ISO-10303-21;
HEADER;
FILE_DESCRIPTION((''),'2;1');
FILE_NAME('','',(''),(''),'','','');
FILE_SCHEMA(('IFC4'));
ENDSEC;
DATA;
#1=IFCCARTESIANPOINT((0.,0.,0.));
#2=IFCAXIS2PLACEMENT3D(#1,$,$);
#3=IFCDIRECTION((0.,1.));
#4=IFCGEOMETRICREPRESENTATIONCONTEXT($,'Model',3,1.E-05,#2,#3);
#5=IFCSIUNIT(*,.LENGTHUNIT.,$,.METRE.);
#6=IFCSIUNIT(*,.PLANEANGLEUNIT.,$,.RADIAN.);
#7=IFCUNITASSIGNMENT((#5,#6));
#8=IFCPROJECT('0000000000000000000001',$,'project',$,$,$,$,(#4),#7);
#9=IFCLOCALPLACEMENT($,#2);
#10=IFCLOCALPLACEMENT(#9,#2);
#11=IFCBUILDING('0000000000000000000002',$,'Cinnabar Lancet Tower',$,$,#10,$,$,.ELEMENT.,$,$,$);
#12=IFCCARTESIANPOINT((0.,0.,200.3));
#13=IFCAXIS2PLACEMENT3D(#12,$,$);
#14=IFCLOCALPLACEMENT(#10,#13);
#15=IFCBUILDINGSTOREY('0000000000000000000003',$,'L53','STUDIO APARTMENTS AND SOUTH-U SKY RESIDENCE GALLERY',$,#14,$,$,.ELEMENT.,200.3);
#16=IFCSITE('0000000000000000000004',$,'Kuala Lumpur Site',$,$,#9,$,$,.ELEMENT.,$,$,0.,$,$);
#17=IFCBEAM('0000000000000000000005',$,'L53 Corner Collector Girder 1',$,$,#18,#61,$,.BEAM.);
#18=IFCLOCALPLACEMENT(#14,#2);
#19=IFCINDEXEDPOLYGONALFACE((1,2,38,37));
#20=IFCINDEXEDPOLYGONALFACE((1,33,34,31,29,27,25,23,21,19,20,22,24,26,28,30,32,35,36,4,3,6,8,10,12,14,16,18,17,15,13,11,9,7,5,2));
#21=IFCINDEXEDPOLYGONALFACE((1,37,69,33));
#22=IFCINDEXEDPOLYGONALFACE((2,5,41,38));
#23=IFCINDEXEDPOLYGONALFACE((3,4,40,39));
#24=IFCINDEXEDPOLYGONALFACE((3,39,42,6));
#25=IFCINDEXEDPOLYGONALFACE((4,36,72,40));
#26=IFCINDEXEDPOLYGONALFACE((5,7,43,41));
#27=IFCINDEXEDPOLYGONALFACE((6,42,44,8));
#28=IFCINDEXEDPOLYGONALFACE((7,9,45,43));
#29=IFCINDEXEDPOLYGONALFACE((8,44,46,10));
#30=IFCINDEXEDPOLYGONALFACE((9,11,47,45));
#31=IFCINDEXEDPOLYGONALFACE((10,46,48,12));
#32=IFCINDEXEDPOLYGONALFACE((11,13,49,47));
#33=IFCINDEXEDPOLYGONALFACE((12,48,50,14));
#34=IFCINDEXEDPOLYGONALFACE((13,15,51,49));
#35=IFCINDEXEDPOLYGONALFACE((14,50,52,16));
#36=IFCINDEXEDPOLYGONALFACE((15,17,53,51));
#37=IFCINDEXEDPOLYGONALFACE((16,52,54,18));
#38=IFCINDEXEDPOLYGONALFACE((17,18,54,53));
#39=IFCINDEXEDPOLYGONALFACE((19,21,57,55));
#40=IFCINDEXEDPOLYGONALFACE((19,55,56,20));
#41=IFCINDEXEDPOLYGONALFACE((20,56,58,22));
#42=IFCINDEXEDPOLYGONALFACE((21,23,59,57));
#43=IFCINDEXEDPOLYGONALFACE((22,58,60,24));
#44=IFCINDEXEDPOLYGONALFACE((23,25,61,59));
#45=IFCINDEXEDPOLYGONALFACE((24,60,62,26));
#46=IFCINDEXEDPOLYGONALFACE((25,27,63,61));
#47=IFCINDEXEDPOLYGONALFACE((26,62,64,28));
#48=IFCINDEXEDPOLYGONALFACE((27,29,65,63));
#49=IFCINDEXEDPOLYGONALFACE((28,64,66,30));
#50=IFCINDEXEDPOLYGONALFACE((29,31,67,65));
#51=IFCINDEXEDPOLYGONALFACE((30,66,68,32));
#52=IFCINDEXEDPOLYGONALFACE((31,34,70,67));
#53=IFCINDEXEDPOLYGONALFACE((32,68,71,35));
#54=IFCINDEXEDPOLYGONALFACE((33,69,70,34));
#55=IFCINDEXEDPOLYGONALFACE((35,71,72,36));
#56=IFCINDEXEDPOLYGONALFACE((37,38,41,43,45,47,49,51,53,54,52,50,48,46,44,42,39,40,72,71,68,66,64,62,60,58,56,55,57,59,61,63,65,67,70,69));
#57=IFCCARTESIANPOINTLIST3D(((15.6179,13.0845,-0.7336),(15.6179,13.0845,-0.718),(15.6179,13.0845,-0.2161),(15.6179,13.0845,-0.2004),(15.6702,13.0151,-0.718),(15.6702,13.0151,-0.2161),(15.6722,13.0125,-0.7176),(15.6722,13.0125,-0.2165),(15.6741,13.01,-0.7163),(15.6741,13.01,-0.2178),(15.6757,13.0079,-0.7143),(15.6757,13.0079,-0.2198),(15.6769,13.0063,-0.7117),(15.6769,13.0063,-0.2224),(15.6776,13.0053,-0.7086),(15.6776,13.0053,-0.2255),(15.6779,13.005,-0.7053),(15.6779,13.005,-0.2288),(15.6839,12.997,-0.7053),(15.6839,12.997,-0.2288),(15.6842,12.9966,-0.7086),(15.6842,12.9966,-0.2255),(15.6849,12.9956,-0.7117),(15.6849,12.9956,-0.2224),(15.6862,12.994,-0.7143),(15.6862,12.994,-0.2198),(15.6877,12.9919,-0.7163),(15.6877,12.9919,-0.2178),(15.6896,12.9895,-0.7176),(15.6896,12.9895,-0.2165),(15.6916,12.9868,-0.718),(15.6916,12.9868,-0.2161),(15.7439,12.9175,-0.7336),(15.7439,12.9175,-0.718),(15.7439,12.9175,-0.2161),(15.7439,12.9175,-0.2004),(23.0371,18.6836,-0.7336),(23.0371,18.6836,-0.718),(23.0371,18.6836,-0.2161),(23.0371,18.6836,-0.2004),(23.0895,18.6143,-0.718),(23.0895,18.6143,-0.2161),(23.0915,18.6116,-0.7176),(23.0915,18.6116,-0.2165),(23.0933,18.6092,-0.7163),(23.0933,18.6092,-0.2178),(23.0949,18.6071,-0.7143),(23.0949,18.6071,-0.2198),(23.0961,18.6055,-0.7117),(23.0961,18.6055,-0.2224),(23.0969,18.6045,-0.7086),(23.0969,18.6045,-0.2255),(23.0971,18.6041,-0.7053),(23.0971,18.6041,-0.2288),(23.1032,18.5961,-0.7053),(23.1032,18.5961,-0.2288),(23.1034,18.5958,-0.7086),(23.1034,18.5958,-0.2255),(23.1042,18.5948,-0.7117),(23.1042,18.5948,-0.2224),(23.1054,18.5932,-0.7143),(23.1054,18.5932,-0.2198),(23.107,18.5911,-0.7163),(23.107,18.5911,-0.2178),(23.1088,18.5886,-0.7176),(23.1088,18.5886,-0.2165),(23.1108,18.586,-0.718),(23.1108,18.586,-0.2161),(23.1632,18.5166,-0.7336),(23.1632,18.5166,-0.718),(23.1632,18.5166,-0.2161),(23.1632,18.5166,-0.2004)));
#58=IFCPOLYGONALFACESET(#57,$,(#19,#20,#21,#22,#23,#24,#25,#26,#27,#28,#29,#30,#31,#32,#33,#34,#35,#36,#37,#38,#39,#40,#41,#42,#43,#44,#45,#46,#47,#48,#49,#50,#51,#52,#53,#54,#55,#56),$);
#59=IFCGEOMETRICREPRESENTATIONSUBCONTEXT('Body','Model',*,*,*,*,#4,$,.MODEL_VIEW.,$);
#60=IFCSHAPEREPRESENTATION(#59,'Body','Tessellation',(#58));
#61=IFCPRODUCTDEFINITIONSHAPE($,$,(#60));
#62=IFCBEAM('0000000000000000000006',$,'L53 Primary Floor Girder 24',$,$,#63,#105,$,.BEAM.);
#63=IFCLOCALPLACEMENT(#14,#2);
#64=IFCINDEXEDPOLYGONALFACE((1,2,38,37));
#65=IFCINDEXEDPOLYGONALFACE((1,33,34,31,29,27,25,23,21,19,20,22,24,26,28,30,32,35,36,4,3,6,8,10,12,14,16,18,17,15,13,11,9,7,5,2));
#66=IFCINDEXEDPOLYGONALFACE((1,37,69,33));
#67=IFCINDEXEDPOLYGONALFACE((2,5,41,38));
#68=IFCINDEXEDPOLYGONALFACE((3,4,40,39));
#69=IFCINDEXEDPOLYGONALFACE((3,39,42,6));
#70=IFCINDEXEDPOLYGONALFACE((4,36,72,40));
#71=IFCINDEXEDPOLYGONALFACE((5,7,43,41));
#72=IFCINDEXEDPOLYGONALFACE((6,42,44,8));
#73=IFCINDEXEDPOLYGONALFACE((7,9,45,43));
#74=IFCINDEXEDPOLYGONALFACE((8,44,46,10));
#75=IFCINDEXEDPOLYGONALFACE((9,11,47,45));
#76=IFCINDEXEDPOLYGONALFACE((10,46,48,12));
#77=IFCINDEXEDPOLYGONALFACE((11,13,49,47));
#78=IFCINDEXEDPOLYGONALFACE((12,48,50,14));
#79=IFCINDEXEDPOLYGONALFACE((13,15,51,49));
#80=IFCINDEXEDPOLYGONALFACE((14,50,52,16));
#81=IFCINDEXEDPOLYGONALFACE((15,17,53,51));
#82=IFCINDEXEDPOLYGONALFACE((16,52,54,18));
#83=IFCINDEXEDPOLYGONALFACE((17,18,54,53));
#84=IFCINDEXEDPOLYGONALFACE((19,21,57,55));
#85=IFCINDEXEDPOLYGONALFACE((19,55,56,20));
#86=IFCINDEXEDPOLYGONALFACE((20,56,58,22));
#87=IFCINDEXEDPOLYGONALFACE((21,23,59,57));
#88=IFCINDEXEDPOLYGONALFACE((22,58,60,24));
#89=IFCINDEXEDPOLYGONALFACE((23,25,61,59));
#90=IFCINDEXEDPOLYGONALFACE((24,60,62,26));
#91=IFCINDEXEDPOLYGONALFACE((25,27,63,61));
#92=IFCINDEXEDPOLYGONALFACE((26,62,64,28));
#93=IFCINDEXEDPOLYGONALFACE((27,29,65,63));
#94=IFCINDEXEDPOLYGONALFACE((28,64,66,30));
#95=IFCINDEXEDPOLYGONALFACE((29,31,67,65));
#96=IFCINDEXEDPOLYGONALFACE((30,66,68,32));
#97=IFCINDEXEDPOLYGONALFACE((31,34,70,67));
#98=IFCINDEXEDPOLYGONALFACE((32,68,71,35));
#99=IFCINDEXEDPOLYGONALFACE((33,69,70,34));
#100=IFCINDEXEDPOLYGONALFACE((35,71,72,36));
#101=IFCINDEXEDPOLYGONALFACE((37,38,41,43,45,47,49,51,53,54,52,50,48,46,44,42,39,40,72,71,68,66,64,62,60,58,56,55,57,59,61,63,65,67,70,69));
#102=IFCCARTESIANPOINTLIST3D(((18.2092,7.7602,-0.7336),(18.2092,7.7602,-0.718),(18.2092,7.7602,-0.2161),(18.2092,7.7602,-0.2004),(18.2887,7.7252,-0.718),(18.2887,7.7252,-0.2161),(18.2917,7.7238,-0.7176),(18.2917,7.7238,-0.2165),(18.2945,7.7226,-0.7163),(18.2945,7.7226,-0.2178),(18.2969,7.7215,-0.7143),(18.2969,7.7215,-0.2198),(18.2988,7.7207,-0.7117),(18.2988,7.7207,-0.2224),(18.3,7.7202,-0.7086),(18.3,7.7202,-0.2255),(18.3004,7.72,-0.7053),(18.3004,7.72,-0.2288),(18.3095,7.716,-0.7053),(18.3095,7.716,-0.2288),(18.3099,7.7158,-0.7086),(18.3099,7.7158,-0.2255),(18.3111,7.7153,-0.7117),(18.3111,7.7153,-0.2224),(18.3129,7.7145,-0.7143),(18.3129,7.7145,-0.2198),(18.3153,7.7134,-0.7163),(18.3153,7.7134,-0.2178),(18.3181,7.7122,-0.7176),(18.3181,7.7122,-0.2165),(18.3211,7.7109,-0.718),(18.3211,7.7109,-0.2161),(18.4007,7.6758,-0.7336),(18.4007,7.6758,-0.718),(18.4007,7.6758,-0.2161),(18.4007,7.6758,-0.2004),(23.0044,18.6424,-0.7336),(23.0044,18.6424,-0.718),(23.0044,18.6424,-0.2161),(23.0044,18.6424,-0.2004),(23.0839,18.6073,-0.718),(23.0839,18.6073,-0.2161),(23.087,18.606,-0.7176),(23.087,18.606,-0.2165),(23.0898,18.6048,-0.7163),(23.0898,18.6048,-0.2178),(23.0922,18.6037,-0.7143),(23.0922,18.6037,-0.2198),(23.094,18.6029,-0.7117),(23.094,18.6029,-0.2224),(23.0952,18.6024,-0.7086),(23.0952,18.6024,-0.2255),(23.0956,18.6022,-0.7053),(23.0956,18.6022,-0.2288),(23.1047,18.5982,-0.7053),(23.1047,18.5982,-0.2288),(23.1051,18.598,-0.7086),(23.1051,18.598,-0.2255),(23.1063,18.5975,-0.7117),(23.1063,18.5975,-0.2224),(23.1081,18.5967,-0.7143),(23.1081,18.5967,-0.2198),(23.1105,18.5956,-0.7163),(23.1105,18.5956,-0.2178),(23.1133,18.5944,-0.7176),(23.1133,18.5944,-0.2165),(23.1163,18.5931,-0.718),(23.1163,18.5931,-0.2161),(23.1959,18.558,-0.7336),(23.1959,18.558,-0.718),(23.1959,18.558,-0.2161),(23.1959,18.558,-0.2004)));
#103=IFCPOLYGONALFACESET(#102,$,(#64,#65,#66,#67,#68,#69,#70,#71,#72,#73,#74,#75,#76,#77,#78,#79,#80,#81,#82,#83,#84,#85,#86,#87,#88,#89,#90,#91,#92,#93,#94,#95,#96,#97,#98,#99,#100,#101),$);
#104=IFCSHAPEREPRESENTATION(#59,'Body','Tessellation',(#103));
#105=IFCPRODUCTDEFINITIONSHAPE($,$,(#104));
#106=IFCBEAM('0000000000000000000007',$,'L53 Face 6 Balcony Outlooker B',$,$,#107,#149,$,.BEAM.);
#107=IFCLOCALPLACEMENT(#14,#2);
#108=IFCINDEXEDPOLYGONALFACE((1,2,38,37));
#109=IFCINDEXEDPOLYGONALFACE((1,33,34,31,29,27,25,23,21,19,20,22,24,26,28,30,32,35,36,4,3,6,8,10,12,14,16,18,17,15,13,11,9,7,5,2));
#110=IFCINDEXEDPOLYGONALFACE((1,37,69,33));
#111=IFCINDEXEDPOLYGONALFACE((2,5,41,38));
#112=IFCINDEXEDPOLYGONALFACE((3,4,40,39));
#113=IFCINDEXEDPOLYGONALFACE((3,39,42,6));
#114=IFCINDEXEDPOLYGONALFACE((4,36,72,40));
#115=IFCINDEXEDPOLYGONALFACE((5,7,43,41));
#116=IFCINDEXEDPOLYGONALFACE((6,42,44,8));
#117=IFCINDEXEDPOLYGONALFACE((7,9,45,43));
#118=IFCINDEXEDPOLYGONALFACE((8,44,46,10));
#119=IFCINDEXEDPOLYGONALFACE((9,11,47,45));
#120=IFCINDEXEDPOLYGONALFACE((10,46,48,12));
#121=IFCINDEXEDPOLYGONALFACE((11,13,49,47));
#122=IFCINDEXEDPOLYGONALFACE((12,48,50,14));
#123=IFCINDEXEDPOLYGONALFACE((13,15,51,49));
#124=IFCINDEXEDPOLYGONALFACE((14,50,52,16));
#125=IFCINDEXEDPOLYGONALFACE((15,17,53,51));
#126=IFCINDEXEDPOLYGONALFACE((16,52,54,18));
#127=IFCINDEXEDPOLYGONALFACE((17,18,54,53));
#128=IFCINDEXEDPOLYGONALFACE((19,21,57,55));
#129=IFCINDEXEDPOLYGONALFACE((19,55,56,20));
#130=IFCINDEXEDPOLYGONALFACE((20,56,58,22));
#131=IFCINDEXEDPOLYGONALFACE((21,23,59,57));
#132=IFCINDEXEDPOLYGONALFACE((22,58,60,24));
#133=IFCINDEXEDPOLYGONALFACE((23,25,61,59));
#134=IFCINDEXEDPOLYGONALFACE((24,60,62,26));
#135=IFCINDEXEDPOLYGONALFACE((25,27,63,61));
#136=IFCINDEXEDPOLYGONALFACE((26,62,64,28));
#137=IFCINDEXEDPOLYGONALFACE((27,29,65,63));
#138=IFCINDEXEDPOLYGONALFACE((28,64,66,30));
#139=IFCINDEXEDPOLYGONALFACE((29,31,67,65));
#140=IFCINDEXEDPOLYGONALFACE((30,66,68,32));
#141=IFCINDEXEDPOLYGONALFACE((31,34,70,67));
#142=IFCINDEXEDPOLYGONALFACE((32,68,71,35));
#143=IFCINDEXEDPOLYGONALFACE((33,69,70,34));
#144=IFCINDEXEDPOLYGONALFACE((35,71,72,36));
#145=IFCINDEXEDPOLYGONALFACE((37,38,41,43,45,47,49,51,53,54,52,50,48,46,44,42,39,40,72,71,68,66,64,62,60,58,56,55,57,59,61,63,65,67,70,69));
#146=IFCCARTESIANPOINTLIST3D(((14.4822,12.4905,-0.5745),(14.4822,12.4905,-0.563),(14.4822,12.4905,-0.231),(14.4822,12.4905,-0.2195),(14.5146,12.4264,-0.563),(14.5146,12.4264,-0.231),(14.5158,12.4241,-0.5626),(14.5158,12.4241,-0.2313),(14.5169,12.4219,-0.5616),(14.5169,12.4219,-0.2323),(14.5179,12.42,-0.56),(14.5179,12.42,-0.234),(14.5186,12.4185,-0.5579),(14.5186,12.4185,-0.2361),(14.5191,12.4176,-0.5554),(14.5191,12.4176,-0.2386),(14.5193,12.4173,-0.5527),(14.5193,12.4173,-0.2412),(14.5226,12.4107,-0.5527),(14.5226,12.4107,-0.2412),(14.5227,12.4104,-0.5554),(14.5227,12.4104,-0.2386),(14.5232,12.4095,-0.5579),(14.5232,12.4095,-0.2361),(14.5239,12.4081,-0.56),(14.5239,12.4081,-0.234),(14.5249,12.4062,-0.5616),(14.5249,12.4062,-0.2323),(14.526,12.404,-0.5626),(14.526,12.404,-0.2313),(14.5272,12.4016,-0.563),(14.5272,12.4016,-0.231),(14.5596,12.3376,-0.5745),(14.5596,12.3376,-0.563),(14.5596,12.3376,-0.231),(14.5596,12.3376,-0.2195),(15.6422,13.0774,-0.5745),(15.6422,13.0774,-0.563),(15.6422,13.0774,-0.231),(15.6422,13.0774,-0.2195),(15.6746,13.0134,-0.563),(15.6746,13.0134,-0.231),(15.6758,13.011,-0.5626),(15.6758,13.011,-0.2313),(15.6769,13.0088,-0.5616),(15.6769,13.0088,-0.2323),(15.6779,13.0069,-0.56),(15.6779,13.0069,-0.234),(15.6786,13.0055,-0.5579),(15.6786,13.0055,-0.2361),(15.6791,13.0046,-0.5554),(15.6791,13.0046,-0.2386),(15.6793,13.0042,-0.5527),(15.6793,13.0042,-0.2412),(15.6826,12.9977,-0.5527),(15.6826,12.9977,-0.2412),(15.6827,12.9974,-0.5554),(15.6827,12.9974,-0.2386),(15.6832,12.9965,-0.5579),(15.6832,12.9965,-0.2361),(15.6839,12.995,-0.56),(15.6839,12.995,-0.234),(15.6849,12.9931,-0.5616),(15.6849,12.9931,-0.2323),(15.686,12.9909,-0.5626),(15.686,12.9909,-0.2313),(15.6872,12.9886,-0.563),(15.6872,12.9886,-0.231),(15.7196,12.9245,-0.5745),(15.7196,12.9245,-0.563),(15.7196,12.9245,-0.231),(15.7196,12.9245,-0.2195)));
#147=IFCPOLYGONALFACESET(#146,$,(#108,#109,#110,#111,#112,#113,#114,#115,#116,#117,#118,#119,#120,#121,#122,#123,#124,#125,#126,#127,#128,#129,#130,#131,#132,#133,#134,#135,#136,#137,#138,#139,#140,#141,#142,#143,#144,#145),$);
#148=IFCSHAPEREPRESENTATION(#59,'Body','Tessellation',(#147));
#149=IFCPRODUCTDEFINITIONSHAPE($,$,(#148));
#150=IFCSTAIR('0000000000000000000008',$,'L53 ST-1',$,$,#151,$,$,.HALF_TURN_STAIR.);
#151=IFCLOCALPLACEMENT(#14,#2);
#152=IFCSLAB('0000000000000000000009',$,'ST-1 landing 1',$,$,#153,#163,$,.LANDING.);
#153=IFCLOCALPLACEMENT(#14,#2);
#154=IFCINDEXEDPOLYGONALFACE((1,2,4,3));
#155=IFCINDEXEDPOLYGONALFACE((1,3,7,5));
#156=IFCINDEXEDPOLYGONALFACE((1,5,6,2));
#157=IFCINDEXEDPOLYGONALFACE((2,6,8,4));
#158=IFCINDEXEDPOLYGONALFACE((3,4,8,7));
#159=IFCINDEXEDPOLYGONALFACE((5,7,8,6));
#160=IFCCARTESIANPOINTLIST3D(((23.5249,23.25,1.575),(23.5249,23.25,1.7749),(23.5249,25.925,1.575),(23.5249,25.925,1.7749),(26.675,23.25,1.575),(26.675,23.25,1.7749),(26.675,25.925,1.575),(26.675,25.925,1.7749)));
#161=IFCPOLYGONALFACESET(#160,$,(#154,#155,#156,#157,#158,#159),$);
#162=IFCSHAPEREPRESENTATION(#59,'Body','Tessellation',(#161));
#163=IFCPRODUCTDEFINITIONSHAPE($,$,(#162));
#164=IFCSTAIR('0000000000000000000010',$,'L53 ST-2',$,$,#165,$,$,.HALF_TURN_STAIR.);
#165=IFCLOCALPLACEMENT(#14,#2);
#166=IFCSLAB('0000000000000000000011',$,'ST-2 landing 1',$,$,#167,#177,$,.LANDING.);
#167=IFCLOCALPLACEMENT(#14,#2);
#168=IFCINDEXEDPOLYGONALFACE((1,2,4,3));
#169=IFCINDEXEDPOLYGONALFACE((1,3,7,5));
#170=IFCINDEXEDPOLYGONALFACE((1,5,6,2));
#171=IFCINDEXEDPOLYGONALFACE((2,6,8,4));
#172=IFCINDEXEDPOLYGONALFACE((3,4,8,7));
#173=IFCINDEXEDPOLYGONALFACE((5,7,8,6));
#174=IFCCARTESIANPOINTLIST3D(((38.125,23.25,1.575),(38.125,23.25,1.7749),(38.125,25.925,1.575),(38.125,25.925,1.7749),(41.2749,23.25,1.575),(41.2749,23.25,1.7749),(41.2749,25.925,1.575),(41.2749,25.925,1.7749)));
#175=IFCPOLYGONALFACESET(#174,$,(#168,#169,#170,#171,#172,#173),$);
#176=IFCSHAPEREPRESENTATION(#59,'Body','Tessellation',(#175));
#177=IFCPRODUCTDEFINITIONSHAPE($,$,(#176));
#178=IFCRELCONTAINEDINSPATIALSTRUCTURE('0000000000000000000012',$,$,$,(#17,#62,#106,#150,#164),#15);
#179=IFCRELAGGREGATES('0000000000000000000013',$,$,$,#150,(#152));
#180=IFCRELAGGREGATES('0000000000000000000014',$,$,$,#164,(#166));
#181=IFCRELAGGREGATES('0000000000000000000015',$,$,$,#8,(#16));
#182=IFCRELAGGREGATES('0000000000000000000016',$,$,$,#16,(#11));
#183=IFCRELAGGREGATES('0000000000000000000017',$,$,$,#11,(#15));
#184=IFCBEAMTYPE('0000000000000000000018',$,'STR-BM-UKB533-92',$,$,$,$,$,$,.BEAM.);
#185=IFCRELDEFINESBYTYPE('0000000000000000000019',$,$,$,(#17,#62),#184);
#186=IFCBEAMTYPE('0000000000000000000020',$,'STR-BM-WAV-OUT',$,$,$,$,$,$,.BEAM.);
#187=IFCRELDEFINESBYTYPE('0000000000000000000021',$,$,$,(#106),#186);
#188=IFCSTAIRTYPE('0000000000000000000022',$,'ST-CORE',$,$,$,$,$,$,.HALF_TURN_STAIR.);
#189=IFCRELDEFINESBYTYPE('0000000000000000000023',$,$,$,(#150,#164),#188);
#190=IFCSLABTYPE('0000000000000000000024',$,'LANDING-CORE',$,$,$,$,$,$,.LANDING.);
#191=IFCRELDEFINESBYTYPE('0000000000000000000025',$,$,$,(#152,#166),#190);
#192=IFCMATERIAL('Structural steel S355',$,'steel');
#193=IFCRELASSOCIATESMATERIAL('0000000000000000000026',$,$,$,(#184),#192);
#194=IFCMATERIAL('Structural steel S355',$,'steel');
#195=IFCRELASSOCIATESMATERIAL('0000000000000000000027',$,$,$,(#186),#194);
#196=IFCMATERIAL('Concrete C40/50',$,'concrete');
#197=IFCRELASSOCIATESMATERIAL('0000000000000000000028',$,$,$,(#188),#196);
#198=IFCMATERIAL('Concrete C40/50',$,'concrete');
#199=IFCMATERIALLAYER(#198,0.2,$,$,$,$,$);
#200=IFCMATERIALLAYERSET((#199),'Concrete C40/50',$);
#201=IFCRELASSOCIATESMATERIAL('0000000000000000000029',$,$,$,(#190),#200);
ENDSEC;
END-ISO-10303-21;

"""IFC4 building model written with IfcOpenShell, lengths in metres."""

from ifc_helpers import new_model, si_unit, direction, frame, origin, origin_2d, place, context, subcontext, project, spatial, polyline, i_section, outline, extrude, material, layer, layer_set, material_profile, profile_set, type_object, element, aggregate, save


model = new_model("IFC4")

# Units and contexts
model_context = context("Model", 3, precision=1e-05, world=origin(), true_north=direction((0.0, 1.0)))
body_context = subcontext(model_context, "Body", "Model", "MODEL_VIEW")
ifc_project = project(units=[si_unit("LENGTHUNIT", "METRE"), si_unit("PLANEANGLEUNIT", "RADIAN")], contexts=[model_context])

# Site, building, storey
site_placement = place(None, origin())
site = spatial("IfcSite", under=ifc_project, at=site_placement, Name="Kuala Lumpur Site", CompositionType="ELEMENT", RefElevation=0.0)
building_placement = place(site_placement, origin())
building = spatial("IfcBuilding", under=site, at=building_placement, Name="Cinnabar Lancet Tower", CompositionType="ELEMENT")
storey_placement = place(building_placement, frame((0.0, 0.0, 200.3)))
storey = spatial("IfcBuildingStorey", under=building, at=storey_placement, Name="L53", Description="STUDIO APARTMENTS AND SOUTH-U SKY RESIDENCE GALLERY", CompositionType="ELEMENT", Elevation=200.3)

# Beams
ifc_material_1 = material(Name="Structural steel S355", Category="steel")
ifc_material_profile_1 = material_profile(ifc_material_1, i_section(OverallWidth=0.2092, OverallDepth=0.5332, WebThickness=0.01, FlangeThickness=0.0156, FilletRadius=0.0127, at=origin_2d()), Name="UKB 533x210x92")
ifc_profile_set_1 = profile_set([ifc_material_profile_1], Name="Structural steel S355")
beam_type_1 = type_object("IfcBeamType", Name="STR-BM-UKB533-92", PredefinedType="BEAM", material=ifc_profile_set_1)
beam_1_placement = place(storey_placement, frame((15.6809, 13.001, -0.467), z_axis=(0.798203, 0.602389, 0.0), x_axis=(-0.602389, 0.798203, 0.0)))
element("IfcBeam", 1, at=beam_1_placement, inside=storey, type_object=beam_type_1, Name="L53 Corner Collector Girder 1", PredefinedType="BEAM", context=body_context, shape_type="SweptSolid", body=[
    extrude(i_section(OverallWidth=0.2092, OverallDepth=0.5332, WebThickness=0.01, FlangeThickness=0.0156, FilletRadius=0.0127, at=origin_2d()), origin(), (0.0, 0.0, 1.0), 9.2949),
])
beam_2_placement = place(storey_placement, frame((18.3049, 7.718, -0.467), z_axis=(0.403235, 0.915096, 0.0), x_axis=(-0.915096, 0.403235, 0.0)))
element("IfcBeam", 2, at=beam_2_placement, inside=storey, type_object=beam_type_1, Name="L53 Primary Floor Girder 24", PredefinedType="BEAM", context=body_context, shape_type="SweptSolid", body=[
    extrude(i_section(OverallWidth=0.2092, OverallDepth=0.5332, WebThickness=0.01, FlangeThickness=0.0156, FilletRadius=0.0127, at=origin_2d()), origin(), (0.0, 0.0, 1.0), 11.8918),
])
ifc_material_2 = material(Name="Structural steel S355", Category="steel")
ifc_material_profile_2 = material_profile(ifc_material_2, i_section(OverallWidth=0.1714, OverallDepth=0.355, WebThickness=0.0073, FlangeThickness=0.0115, FilletRadius=0.0103, at=origin_2d()), Name="UKB 356x171x51")
ifc_profile_set_2 = profile_set([ifc_material_profile_2], Name="Structural steel S355")
beam_type_2 = type_object("IfcBeamType", Name="STR-BM-WAV-OUT", PredefinedType="BEAM", material=ifc_profile_set_2)
beam_3_placement = place(storey_placement, frame((15.6809, 13.001, -0.397), z_axis=(-0.892276, -0.45149, 0.0), x_axis=(0.45149, -0.892276, 0.0)))
element("IfcBeam", 3, at=beam_3_placement, inside=storey, type_object=beam_type_2, Name="L53 Face 6 Balcony Outlooker B", PredefinedType="BEAM", context=body_context, shape_type="SweptSolid", body=[
    extrude(i_section(OverallWidth=0.1714, OverallDepth=0.355, WebThickness=0.0073, FlangeThickness=0.0115, FilletRadius=0.0103, at=origin_2d()), origin(), (0.0, 0.0, 1.0), 1.3),
])

# Stairs, slabs
ifc_material_3 = material(Name="Concrete C40/50", Category="concrete")
stair_type = type_object("IfcStairType", Name="ST-CORE", PredefinedType="HALF_TURN_STAIR", material=ifc_material_3)
stair_1_placement = place(storey_placement, origin())
stair_1 = element("IfcStair", 4, at=stair_1_placement, inside=storey, type_object=stair_type, Name="L53 ST-1", PredefinedType="HALF_TURN_STAIR")
ifc_material_4 = material(Name="Concrete C40/50", Category="concrete")
ifc_layer_1 = layer(ifc_material_4, 0.2)
ifc_layer_set_1 = layer_set([ifc_layer_1], Name="Concrete C40/50")
slab_type_1 = type_object("IfcSlabType", Name="LANDING-CORE", PredefinedType="LANDING", material=ifc_layer_set_1)
slab_1_placement = place(storey_placement, frame((0.0, 0.0, 1.575)))
slab_1 = element("IfcSlab", 5, at=slab_1_placement, type_object=slab_type_1, Name="ST-1 landing 1", PredefinedType="LANDING", context=body_context, shape_type="SweptSolid", body=[
    extrude(outline(polyline([(23.5249, 25.925), (23.5249, 23.25), (26.675, 23.25), (26.675, 25.925), (23.5249, 25.925)])), origin(), (0.0, 0.0, 1.0), 0.2),
])
aggregate(stair_1, [slab_1])
stair_2_placement = place(storey_placement, origin())
stair_2 = element("IfcStair", 6, at=stair_2_placement, inside=storey, type_object=stair_type, Name="L53 ST-2", PredefinedType="HALF_TURN_STAIR")
slab_2_placement = place(storey_placement, frame((0.0, 0.0, 1.575)))
slab_2 = element("IfcSlab", 7, at=slab_2_placement, type_object=slab_type_1, Name="ST-2 landing 1", PredefinedType="LANDING", context=body_context, shape_type="SweptSolid", body=[
    extrude(outline(polyline([(38.125, 25.925), (38.125, 23.25), (41.2749, 23.25), (41.2749, 25.925), (38.125, 25.925)])), origin(), (0.0, 0.0, 1.0), 0.2),
])
aggregate(stair_2, [slab_2])

save(model, "model.ifc")
